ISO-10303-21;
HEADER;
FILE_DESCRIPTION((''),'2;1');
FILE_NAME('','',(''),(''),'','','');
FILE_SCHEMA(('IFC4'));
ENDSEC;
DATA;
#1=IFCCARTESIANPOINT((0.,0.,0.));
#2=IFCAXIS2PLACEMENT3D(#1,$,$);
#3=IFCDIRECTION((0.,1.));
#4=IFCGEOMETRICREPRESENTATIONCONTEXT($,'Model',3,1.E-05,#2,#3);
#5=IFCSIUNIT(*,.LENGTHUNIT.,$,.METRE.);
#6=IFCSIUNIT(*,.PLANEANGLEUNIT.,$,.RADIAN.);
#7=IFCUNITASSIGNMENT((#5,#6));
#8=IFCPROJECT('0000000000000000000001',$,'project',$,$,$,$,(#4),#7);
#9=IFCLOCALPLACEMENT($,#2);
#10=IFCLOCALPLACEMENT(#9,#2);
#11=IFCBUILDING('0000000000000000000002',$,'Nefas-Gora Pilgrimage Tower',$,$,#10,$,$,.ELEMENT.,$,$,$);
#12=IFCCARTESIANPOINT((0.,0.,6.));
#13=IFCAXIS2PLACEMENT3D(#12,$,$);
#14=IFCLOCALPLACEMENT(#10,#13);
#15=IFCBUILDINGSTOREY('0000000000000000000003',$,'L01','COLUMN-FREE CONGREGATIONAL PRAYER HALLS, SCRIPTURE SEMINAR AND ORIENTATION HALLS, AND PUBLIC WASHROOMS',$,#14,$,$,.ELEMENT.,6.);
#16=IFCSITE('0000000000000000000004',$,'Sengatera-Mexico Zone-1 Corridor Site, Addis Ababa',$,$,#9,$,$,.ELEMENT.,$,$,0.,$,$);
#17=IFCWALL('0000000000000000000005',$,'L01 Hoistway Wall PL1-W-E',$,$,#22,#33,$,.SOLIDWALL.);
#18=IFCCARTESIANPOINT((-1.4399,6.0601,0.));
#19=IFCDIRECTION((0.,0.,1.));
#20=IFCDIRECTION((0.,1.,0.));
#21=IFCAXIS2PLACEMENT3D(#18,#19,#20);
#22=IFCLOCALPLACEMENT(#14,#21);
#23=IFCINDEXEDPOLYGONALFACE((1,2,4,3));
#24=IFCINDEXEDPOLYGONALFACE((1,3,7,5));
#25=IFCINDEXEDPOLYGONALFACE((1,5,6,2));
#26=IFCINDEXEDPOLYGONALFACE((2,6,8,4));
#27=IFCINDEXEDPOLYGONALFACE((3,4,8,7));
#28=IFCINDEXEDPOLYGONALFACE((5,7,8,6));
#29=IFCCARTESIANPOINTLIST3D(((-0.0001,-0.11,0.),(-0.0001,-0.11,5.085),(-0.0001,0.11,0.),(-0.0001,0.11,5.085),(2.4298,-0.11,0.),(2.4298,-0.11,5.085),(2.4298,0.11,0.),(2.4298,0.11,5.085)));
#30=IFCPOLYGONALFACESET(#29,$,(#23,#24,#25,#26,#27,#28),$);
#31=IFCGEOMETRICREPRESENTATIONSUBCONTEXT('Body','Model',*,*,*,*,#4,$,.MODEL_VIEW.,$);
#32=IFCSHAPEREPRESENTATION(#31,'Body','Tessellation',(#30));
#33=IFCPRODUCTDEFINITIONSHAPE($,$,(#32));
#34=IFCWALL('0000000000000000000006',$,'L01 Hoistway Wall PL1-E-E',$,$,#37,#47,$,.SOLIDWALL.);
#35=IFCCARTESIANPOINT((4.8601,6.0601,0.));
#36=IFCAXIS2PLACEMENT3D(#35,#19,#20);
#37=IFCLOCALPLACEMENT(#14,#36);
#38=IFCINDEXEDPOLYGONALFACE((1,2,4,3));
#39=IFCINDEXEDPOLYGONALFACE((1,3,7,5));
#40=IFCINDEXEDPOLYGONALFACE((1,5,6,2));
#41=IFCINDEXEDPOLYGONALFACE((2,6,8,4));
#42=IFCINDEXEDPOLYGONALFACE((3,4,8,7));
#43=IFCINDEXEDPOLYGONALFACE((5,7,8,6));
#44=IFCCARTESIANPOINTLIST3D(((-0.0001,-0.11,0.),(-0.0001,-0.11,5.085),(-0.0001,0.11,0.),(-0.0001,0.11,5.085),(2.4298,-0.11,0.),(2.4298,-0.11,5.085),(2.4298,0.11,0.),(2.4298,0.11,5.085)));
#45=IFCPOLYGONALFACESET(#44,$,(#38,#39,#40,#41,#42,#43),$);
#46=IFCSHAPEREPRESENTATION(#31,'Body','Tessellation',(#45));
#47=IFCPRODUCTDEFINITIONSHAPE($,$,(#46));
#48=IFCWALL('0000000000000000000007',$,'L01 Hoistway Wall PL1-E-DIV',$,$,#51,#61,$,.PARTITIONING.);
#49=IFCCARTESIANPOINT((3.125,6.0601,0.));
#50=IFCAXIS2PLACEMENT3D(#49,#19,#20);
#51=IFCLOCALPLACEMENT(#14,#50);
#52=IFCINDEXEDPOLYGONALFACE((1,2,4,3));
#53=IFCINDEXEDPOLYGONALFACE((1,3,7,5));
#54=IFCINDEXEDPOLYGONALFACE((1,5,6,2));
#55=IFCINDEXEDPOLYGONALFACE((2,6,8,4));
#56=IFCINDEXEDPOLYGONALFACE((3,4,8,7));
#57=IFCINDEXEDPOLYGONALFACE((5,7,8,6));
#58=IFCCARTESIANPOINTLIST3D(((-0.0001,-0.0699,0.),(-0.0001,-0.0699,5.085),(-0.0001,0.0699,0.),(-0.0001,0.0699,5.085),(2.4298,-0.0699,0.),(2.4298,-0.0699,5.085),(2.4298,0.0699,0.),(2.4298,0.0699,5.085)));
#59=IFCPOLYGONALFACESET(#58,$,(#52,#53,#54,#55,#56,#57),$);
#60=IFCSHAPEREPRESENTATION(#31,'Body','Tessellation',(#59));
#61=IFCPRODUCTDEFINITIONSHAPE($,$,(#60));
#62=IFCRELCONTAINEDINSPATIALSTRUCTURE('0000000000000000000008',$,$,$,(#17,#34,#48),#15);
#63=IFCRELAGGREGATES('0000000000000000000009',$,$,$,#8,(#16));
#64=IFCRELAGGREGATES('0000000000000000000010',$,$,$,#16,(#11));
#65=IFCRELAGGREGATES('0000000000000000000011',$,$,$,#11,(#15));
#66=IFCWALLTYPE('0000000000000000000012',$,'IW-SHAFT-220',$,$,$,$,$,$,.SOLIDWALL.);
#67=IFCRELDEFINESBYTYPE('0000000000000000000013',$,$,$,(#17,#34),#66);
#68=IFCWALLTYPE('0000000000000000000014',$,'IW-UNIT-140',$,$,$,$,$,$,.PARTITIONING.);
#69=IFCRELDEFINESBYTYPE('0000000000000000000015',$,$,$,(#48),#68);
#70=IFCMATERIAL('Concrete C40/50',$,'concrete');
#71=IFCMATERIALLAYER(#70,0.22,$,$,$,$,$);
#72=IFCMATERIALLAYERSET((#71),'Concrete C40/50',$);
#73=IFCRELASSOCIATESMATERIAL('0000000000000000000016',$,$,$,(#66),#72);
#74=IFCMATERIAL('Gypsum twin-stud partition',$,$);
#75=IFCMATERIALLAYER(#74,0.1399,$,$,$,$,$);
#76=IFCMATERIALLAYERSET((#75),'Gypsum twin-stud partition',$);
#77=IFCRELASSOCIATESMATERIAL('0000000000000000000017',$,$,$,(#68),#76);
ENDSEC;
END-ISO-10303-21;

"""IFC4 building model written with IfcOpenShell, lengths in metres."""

from ifc_helpers import new_model, si_unit, direction, frame, frame_2d, origin, place, context, subcontext, project, spatial, rectangle, extrude, source, transform, mapped, material, layer, layer_set, type_object, element, save


model = new_model("IFC4")

# Units and contexts
model_context = context("Model", 3, precision=1e-05, world=origin(), true_north=direction((0.0, 1.0)))
body_context = subcontext(model_context, "Body", "Model", "MODEL_VIEW")
ifc_project = project(units=[si_unit("LENGTHUNIT", "METRE"), si_unit("PLANEANGLEUNIT", "RADIAN")], contexts=[model_context])

# Site, building, storey
site_placement = place(None, origin())
site = spatial("IfcSite", under=ifc_project, at=site_placement, Name="Sengatera-Mexico Zone-1 Corridor Site, Addis Ababa", CompositionType="ELEMENT", RefElevation=0.0)
building_placement = place(site_placement, origin())
building = spatial("IfcBuilding", under=site, at=building_placement, Name="Nefas-Gora Pilgrimage Tower", CompositionType="ELEMENT")
storey_placement = place(building_placement, frame((0.0, 0.0, 6.0)))
storey = spatial("IfcBuildingStorey", under=building, at=storey_placement, Name="L01", Description="COLUMN-FREE CONGREGATIONAL PRAYER HALLS, SCRIPTURE SEMINAR AND ORIENTATION HALLS, AND PUBLIC WASHROOMS", CompositionType="ELEMENT", Elevation=6.0)

# Shared definitions
ifc_material_1 = material(Name="Concrete C40/50", Category="concrete")
ifc_layer_1 = layer(ifc_material_1, 0.22)
ifc_layer_set_1 = layer_set([ifc_layer_1], Name="Concrete C40/50")
wall_type_1 = type_object("IfcWallType", Name="IW-SHAFT-220", PredefinedType="SOLIDWALL", material=ifc_layer_set_1)

# Walls
shared_shape_1 = source(origin(), body_context, "Body", "SweptSolid", [
    extrude(rectangle(XDim=2.4299, YDim=0.22, at=frame_2d((1.2148, 0.0))), origin(), (0.0, 0.0, 1.0), 5.085),
])
for number, where, z_axis, x_axis, name in (
    (1, (-1.4399, 6.0601, 0.0), (0.0, 0.0, 1.0), (0.0, 1.0, 0.0), "L01 Hoistway Wall PL1-W-E"),
    (2, (4.8601, 6.0601, 0.0), (0.0, 0.0, 1.0), (0.0, 1.0, 0.0), "L01 Hoistway Wall PL1-E-E"),
):
    element("IfcWall", number, at=place(storey_placement, frame(where, z_axis=z_axis, x_axis=x_axis)), inside=storey, type_object=wall_type_1, Name=name, PredefinedType="SOLIDWALL", context=body_context, shape_type="MappedRepresentation", body=[
        mapped(shared_shape_1, transform((0.0, 0.0, 0.0), x_axis=(1.0, 0.0, 0.0), y_axis=(0.0, 1.0, 0.0), z_axis=(0.0, 0.0, 1.0), scale=1.0)),
    ])
ifc_material_2 = material(Name="Gypsum twin-stud partition")
ifc_layer_2 = layer(ifc_material_2, 0.1399)
ifc_layer_set_2 = layer_set([ifc_layer_2], Name="Gypsum twin-stud partition")
wall_type_2 = type_object("IfcWallType", Name="IW-UNIT-140", PredefinedType="PARTITIONING", material=ifc_layer_set_2)
shared_shape_2 = source(origin(), body_context, "Body", "SweptSolid", [
    extrude(rectangle(XDim=2.4299, YDim=0.1399, at=frame_2d((1.2148, 0.0))), origin(), (0.0, 0.0, 1.0), 5.085),
])
wall_1_placement = place(storey_placement, frame((3.125, 6.0601, 0.0), z_axis=(0.0, 0.0, 1.0), x_axis=(0.0, 1.0, 0.0)))
element("IfcWall", 3, at=wall_1_placement, inside=storey, type_object=wall_type_2, Name="L01 Hoistway Wall PL1-E-DIV", PredefinedType="PARTITIONING", context=body_context, shape_type="MappedRepresentation", body=[
    mapped(shared_shape_2, transform((0.0, 0.0, 0.0), x_axis=(1.0, 0.0, 0.0), y_axis=(0.0, 1.0, 0.0), z_axis=(0.0, 0.0, 1.0), scale=1.0)),
])

save(model, "model.ifc")
